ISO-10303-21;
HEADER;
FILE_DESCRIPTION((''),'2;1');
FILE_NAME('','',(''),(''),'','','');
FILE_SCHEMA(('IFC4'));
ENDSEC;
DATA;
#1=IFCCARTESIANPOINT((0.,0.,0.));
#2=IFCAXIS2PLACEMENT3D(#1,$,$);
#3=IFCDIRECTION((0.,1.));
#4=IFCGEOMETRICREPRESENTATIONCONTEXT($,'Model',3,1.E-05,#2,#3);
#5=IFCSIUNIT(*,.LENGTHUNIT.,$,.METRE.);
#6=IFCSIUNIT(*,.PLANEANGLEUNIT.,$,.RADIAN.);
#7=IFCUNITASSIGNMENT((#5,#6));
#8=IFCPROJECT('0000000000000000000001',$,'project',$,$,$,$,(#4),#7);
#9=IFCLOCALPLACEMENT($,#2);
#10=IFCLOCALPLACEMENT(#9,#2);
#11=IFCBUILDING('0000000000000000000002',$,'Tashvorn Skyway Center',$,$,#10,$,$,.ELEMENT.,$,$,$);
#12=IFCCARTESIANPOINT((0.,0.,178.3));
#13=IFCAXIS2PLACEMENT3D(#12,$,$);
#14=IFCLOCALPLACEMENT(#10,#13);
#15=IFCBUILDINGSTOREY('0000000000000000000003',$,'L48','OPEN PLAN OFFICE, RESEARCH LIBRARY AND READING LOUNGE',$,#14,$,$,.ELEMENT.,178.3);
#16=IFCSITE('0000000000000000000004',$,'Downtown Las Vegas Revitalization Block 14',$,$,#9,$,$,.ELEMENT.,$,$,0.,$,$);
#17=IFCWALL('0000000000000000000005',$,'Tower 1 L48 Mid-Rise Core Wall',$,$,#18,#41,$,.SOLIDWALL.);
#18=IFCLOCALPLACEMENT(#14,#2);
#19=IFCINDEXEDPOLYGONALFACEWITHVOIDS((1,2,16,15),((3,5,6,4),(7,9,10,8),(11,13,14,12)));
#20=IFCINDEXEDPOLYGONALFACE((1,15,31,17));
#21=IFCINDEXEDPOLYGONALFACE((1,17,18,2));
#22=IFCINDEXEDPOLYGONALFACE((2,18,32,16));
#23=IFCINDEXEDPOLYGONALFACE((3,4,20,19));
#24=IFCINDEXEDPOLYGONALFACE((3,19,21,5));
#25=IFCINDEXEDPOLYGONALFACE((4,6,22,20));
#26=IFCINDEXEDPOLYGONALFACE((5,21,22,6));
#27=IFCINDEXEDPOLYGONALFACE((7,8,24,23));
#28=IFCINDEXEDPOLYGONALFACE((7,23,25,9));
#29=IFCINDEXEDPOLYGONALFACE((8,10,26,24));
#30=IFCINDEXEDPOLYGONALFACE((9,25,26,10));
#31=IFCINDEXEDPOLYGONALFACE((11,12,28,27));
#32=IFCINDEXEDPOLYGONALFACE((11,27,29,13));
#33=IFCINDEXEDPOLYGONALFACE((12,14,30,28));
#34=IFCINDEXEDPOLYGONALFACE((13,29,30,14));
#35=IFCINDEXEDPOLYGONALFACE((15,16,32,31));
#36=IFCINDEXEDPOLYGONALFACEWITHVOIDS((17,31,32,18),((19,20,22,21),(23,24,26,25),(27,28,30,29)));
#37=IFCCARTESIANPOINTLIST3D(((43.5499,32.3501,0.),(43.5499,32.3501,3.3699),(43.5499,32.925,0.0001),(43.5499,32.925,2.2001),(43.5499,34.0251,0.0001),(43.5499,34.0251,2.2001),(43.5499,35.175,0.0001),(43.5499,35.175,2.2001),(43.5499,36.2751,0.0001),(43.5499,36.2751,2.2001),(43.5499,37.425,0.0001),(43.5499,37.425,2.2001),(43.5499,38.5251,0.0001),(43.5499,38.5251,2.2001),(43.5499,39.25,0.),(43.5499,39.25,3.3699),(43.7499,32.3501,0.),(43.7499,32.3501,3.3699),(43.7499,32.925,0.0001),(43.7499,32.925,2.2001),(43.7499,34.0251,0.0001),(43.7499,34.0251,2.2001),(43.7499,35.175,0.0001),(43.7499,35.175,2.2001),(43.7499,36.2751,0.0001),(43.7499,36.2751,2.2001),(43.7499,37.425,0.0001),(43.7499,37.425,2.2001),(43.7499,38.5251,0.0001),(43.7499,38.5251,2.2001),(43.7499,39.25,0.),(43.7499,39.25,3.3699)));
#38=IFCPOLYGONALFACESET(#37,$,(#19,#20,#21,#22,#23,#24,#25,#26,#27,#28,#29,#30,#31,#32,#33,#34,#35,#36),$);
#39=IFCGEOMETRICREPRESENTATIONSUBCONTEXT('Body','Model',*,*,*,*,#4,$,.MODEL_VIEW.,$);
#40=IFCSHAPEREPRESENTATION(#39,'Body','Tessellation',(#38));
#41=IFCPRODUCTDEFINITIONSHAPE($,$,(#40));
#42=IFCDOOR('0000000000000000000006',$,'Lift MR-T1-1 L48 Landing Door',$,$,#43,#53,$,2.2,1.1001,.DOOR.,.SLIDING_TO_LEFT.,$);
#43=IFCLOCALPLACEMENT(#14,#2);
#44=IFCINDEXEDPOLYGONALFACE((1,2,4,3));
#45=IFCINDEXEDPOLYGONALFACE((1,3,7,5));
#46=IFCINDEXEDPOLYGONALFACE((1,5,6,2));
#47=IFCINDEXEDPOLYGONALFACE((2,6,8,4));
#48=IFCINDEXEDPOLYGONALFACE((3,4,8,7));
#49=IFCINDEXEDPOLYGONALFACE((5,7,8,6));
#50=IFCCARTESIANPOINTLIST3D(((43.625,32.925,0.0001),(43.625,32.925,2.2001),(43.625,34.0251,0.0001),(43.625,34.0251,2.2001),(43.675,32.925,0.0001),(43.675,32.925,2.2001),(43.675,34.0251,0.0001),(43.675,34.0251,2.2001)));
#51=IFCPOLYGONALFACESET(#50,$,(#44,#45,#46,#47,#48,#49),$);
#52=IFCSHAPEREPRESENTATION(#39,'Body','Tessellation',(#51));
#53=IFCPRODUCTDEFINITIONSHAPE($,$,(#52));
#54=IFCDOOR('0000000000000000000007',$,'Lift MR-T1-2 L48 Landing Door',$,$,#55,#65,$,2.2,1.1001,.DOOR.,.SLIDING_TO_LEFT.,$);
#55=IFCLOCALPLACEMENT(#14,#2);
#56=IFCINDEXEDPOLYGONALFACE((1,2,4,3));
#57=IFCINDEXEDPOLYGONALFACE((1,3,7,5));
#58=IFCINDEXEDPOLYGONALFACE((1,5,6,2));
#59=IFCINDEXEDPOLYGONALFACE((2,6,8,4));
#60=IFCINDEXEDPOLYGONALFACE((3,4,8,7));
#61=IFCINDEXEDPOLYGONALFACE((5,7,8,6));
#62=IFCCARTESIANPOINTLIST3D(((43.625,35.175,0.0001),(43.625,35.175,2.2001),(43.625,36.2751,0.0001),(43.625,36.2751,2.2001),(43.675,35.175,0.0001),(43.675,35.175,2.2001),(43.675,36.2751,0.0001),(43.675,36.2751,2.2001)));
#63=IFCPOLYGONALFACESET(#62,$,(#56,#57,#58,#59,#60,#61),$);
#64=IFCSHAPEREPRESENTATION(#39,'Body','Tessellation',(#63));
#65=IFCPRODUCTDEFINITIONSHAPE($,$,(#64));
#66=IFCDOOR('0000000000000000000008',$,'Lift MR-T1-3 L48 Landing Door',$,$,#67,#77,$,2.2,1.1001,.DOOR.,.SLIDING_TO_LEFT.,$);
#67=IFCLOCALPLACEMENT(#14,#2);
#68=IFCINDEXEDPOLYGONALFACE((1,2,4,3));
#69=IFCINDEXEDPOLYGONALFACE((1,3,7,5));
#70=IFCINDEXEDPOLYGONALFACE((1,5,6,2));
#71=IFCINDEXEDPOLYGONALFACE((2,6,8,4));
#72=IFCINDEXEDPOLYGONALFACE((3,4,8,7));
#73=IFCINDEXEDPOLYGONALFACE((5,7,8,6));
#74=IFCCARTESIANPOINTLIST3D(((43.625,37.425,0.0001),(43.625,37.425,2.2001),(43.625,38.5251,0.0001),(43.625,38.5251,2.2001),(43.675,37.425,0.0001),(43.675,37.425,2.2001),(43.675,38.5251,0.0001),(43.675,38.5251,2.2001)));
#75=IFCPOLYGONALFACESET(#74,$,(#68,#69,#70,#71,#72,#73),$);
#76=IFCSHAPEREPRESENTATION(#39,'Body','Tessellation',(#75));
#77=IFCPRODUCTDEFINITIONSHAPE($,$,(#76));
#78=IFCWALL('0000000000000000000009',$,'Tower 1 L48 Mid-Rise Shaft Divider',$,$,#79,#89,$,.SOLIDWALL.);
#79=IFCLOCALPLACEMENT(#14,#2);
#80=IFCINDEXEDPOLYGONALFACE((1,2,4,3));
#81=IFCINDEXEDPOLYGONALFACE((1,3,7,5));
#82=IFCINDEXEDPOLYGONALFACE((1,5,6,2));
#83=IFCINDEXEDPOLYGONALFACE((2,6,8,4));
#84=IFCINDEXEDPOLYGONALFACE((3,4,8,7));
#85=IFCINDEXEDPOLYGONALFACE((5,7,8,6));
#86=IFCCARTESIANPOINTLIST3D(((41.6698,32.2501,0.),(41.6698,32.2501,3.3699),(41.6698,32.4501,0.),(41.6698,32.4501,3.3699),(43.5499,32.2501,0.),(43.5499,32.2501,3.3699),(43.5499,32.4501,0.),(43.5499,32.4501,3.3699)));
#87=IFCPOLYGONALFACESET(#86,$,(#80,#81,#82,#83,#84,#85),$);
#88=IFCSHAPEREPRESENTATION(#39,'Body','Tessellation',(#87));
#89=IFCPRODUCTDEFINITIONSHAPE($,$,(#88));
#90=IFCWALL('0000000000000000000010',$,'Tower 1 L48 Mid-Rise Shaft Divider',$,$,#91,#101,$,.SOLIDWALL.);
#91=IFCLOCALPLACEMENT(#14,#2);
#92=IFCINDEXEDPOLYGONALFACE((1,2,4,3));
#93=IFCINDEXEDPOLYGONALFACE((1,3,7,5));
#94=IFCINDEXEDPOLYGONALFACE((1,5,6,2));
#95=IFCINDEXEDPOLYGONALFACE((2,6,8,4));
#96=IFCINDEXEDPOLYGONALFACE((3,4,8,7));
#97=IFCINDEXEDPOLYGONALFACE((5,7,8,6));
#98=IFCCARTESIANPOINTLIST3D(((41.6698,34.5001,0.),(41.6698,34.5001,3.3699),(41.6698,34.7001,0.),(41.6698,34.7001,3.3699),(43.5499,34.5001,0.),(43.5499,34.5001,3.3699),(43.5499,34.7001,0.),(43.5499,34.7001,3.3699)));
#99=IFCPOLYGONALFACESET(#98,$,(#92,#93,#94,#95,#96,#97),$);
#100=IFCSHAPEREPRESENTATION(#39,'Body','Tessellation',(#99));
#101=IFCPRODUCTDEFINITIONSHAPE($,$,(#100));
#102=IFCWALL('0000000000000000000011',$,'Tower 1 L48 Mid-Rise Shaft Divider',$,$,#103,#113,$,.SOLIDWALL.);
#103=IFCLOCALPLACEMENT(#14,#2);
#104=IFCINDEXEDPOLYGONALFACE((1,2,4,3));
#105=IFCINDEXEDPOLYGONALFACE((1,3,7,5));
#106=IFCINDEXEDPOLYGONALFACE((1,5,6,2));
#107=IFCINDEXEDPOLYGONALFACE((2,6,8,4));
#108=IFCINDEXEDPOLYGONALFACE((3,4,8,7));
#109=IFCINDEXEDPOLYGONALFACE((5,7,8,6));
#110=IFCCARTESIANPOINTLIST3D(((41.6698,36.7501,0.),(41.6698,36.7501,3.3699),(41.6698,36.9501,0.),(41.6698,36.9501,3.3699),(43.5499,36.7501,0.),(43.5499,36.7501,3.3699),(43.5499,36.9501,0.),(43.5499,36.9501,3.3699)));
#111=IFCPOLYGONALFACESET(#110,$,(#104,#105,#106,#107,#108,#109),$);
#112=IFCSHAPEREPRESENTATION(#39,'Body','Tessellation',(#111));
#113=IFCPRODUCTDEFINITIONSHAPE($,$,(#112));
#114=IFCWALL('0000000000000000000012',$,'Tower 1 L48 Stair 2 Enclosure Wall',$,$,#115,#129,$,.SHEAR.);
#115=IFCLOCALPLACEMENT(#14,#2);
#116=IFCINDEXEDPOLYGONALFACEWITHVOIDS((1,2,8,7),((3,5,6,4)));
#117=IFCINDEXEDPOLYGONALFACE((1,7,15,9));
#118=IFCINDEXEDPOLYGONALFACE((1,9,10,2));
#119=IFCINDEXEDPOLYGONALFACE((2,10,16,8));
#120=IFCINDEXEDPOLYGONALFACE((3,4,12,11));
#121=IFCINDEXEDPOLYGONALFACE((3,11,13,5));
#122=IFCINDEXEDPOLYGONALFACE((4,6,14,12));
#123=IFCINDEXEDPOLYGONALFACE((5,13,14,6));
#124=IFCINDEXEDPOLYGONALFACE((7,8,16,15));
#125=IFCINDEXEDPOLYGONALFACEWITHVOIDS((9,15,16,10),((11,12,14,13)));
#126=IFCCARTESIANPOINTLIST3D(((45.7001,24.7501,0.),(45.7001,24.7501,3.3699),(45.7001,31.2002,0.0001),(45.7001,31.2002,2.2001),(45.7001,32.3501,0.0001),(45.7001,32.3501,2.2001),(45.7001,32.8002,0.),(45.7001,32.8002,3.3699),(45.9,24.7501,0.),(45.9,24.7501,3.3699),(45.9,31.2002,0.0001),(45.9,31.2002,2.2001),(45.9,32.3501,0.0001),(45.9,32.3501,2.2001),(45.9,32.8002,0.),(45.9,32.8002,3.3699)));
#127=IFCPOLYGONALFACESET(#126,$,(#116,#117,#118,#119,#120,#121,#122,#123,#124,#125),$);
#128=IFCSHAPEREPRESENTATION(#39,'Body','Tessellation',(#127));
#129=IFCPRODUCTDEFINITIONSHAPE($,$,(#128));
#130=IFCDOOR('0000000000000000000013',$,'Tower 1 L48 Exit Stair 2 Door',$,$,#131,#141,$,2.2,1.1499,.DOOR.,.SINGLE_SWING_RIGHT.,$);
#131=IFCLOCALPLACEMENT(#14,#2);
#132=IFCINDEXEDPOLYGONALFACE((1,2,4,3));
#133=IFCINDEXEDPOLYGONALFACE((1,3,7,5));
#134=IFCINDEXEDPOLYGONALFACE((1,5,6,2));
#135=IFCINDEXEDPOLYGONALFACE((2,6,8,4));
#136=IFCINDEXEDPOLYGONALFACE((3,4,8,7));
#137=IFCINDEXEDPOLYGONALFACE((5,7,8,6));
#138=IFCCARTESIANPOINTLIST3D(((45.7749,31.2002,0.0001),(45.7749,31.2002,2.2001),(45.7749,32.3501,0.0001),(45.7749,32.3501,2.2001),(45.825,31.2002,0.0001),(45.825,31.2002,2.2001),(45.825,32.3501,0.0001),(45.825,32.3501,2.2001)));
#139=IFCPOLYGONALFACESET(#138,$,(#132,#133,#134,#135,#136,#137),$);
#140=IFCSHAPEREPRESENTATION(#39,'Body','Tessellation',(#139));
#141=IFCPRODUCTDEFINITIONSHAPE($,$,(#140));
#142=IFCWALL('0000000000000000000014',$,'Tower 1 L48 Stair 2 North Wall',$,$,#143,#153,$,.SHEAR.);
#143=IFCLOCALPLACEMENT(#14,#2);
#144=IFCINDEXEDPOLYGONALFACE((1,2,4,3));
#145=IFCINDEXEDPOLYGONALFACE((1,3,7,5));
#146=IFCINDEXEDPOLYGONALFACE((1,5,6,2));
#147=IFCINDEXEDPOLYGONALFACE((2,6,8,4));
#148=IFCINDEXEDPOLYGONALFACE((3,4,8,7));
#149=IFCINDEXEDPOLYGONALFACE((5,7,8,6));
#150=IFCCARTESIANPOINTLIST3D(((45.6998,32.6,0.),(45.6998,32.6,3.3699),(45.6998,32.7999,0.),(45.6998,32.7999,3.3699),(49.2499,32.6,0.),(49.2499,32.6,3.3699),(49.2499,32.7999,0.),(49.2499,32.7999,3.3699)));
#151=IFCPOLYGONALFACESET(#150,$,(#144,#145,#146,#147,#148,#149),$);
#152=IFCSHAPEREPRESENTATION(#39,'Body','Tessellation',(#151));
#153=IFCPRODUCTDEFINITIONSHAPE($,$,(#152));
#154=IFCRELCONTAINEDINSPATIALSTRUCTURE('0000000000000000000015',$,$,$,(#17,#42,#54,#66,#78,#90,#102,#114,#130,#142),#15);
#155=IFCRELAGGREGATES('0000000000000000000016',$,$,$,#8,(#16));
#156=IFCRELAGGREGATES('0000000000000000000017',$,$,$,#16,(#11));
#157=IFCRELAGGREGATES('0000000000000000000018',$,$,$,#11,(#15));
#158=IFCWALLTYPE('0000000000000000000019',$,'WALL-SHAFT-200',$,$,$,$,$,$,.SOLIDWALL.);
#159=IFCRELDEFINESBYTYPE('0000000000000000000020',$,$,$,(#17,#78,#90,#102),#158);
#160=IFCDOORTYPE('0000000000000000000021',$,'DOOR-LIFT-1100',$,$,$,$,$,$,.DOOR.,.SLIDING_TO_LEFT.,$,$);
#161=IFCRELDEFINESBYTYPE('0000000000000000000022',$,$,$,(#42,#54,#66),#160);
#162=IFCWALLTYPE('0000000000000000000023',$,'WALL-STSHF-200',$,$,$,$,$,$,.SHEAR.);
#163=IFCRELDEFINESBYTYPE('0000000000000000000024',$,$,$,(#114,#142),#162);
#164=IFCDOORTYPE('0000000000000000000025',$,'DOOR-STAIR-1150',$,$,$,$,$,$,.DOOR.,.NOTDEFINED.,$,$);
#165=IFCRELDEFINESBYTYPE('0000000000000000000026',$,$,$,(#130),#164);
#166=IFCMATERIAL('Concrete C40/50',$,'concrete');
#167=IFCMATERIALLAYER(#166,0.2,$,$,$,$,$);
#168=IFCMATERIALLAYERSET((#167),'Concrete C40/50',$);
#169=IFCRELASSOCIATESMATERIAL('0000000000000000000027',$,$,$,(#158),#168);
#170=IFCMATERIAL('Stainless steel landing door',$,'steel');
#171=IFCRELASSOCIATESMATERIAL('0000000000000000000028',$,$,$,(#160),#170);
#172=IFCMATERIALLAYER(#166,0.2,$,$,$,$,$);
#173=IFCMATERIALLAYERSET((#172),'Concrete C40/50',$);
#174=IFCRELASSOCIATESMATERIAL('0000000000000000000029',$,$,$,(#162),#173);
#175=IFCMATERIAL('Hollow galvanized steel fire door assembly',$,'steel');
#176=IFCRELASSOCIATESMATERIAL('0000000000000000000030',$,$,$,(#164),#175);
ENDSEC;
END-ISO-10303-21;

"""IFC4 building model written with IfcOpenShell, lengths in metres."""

from ifc_helpers import new_model, si_unit, direction, frame, frame_2d, origin, place, context, subcontext, project, spatial, rectangle, extrude, material, layer, layer_set, type_object, element, fill, save


model = new_model("IFC4")

# Units and contexts
model_context = context("Model", 3, precision=1e-05, world=origin(), true_north=direction((0.0, 1.0)))
body_context = subcontext(model_context, "Body", "Model", "MODEL_VIEW")
ifc_project = project(units=[si_unit("LENGTHUNIT", "METRE"), si_unit("PLANEANGLEUNIT", "RADIAN")], contexts=[model_context])

# Site, building, storey
site_placement = place(None, origin())
site = spatial("IfcSite", under=ifc_project, at=site_placement, Name="Downtown Las Vegas Revitalization Block 14", CompositionType="ELEMENT", RefElevation=0.0)
building_placement = place(site_placement, origin())
building = spatial("IfcBuilding", under=site, at=building_placement, Name="Tashvorn Skyway Center", CompositionType="ELEMENT")
storey_placement = place(building_placement, frame((0.0, 0.0, 178.3)))
storey = spatial("IfcBuildingStorey", under=building, at=storey_placement, Name="L48", Description="OPEN PLAN OFFICE, RESEARCH LIBRARY AND READING LOUNGE", CompositionType="ELEMENT", Elevation=178.3)

# Shared definitions
ifc_material_1 = material(Name="Concrete C40/50", Category="concrete")

# Shared definitions
ifc_material_2 = material(Name="Hollow galvanized steel fire door assembly", Category="steel")

# Shared definitions
ifc_layer_1 = layer(ifc_material_1, 0.2)
ifc_layer_set_1 = layer_set([ifc_layer_1], Name="Concrete C40/50")
wall_type_1 = type_object("IfcWallType", Name="WALL-SHAFT-200", PredefinedType="SOLIDWALL", material=ifc_layer_set_1)

# Wall, openings, doors
wall_1_placement = place(storey_placement, frame((43.6499, 32.3501, 0.0), z_axis=(0.0, 0.0, 1.0), x_axis=(0.0, 1.0, 0.0)))
wall_1 = element("IfcWall", 1, at=wall_1_placement, inside=storey, type_object=wall_type_1, Name="Tower 1 L48 Mid-Rise Core Wall", PredefinedType="SOLIDWALL", context=body_context, shape_type="SweptSolid", body=[
    extrude(rectangle(XDim=6.8999, YDim=0.2, at=frame_2d((3.45, 0.0))), origin(), (0.0, 0.0, 1.0), 3.3699),
])
opening_1_placement = place(wall_1_placement, frame((0.575, 0.0, 0.0)))
opening_1 = element("IfcOpeningElement", 2, at=opening_1_placement, cuts=wall_1, PredefinedType="OPENING", context=body_context, shape_type="SweptSolid", body=[
    extrude(rectangle(XDim=1.1001, YDim=2.2, at=frame_2d((0.55, 1.1001))), frame((0.0, 0.1099, 0.0), z_axis=(0.0, -1.0, 0.0), x_axis=(1.0, 0.0, 0.0)), (0.0, 0.0, 1.0), 0.22),
])
opening_2_placement = place(wall_1_placement, frame((2.825, 0.0, 0.0)))
opening_2 = element("IfcOpeningElement", 3, at=opening_2_placement, cuts=wall_1, PredefinedType="OPENING", context=body_context, shape_type="SweptSolid", body=[
    extrude(rectangle(XDim=1.1001, YDim=2.2, at=frame_2d((0.55, 1.1001))), frame((0.0, 0.1099, 0.0), z_axis=(0.0, -1.0, 0.0), x_axis=(1.0, 0.0, 0.0)), (0.0, 0.0, 1.0), 0.22),
])
opening_3_placement = place(wall_1_placement, frame((5.075, 0.0, 0.0)))
opening_3 = element("IfcOpeningElement", 4, at=opening_3_placement, cuts=wall_1, PredefinedType="OPENING", context=body_context, shape_type="SweptSolid", body=[
    extrude(rectangle(XDim=1.1001, YDim=2.2, at=frame_2d((0.55, 1.1001))), frame((0.0, 0.1099, 0.0), z_axis=(0.0, -1.0, 0.0), x_axis=(1.0, 0.0, 0.0)), (0.0, 0.0, 1.0), 0.22),
])
ifc_material_3 = material(Name="Stainless steel landing door", Category="steel")
door_type_1 = type_object("IfcDoorType", Name="DOOR-LIFT-1100", OperationType="SLIDING_TO_LEFT", PredefinedType="DOOR", material=ifc_material_3)
door_1_placement = place(opening_1_placement, origin())
door_1 = element("IfcDoor", 5, at=door_1_placement, inside=storey, type_object=door_type_1, Name="Lift MR-T1-1 L48 Landing Door", OperationType="SLIDING_TO_LEFT", OverallHeight=2.2, OverallWidth=1.1001, PredefinedType="DOOR", context=body_context, shape_type="SweptSolid", body=[
    extrude(rectangle(XDim=1.1001, YDim=2.2, at=frame_2d((0.55, 1.1001))), frame((0.0, 0.0249, 0.0), z_axis=(0.0, -1.0, 0.0), x_axis=(1.0, 0.0, 0.0)), (0.0, 0.0, 1.0), 0.05),
])
fill(opening_1, door_1)
door_2_placement = place(opening_2_placement, origin())
door_2 = element("IfcDoor", 6, at=door_2_placement, inside=storey, type_object=door_type_1, Name="Lift MR-T1-2 L48 Landing Door", OperationType="SLIDING_TO_LEFT", OverallHeight=2.2, OverallWidth=1.1001, PredefinedType="DOOR", context=body_context, shape_type="SweptSolid", body=[
    extrude(rectangle(XDim=1.1001, YDim=2.2, at=frame_2d((0.55, 1.1001))), frame((0.0, 0.0249, 0.0), z_axis=(0.0, -1.0, 0.0), x_axis=(1.0, 0.0, 0.0)), (0.0, 0.0, 1.0), 0.05),
])
fill(opening_2, door_2)
door_3_placement = place(opening_3_placement, origin())
door_3 = element("IfcDoor", 7, at=door_3_placement, inside=storey, type_object=door_type_1, Name="Lift MR-T1-3 L48 Landing Door", OperationType="SLIDING_TO_LEFT", OverallHeight=2.2, OverallWidth=1.1001, PredefinedType="DOOR", context=body_context, shape_type="SweptSolid", body=[
    extrude(rectangle(XDim=1.1001, YDim=2.2, at=frame_2d((0.55, 1.1001))), frame((0.0, 0.0249, 0.0), z_axis=(0.0, -1.0, 0.0), x_axis=(1.0, 0.0, 0.0)), (0.0, 0.0, 1.0), 0.05),
])
fill(opening_3, door_3)

# Walls
for number, where, z_axis, x_axis, name in (
    (8, (41.6699, 32.3501, 0.0), (0.0, 0.0, 1.0), (1.0, 0.0, 0.0), "Tower 1 L48 Mid-Rise Shaft Divider"),
    (9, (41.6699, 34.6001, 0.0), (0.0, 0.0, 1.0), (1.0, 0.0, 0.0), "Tower 1 L48 Mid-Rise Shaft Divider"),
    (10, (41.6699, 36.8501, 0.0), (0.0, 0.0, 1.0), (1.0, 0.0, 0.0), "Tower 1 L48 Mid-Rise Shaft Divider"),
):
    element("IfcWall", number, at=place(storey_placement, frame(where, z_axis=z_axis, x_axis=x_axis)), inside=storey, type_object=wall_type_1, Name=name, PredefinedType="SOLIDWALL", context=body_context, shape_type="SweptSolid", body=[
        extrude(rectangle(XDim=1.8801, YDim=0.2, at=frame_2d((0.9399, 0.0))), origin(), (0.0, 0.0, 1.0), 3.3699),
    ])

# Wall, opening, door
ifc_layer_2 = layer(ifc_material_1, 0.2)
ifc_layer_set_2 = layer_set([ifc_layer_2], Name="Concrete C40/50")
wall_type_2 = type_object("IfcWallType", Name="WALL-STSHF-200", PredefinedType="SHEAR", material=ifc_layer_set_2)
wall_2_placement = place(storey_placement, frame((45.8, 32.8, 0.0), z_axis=(0.0, 0.0, 1.0), x_axis=(0.0, -1.0, 0.0)))
wall_2 = element("IfcWall", 11, at=wall_2_placement, inside=storey, type_object=wall_type_2, Name="Tower 1 L48 Stair 2 Enclosure Wall", PredefinedType="SHEAR", context=body_context, shape_type="SweptSolid", body=[
    extrude(rectangle(XDim=8.05, YDim=0.2, at=frame_2d((4.0249, 0.0))), origin(), (0.0, 0.0, 1.0), 3.3699),
])
opening_4_placement = place(wall_2_placement, frame((0.45, 0.0, 0.0)))
opening_4 = element("IfcOpeningElement", 12, at=opening_4_placement, cuts=wall_2, PredefinedType="OPENING", context=body_context, shape_type="SweptSolid", body=[
    extrude(rectangle(XDim=1.1499, YDim=2.2, at=frame_2d((0.575, 1.1001))), frame((0.0, 0.1099, 0.0), z_axis=(0.0, -1.0, 0.0), x_axis=(1.0, 0.0, 0.0)), (0.0, 0.0, 1.0), 0.22),
])
door_type_2 = type_object("IfcDoorType", Name="DOOR-STAIR-1150", OperationType="NOTDEFINED", PredefinedType="DOOR", material=ifc_material_2)
door_4_placement = place(opening_4_placement, origin())
door_4 = element("IfcDoor", 13, at=door_4_placement, inside=storey, type_object=door_type_2, Name="Tower 1 L48 Exit Stair 2 Door", OperationType="SINGLE_SWING_RIGHT", OverallHeight=2.2, OverallWidth=1.1499, PredefinedType="DOOR", context=body_context, shape_type="SweptSolid", body=[
    extrude(rectangle(XDim=1.1499, YDim=2.2, at=frame_2d((0.575, 1.1001))), frame((0.0, 0.0249, 0.0), z_axis=(0.0, -1.0, 0.0), x_axis=(1.0, 0.0, 0.0)), (0.0, 0.0, 1.0), 0.05),
])
fill(opening_4, door_4)

# Wall
wall_3_placement = place(storey_placement, frame((45.7, 32.7, 0.0), z_axis=(0.0, 0.0, 1.0), x_axis=(1.0, 0.0, 0.0)))
element("IfcWall", 14, at=wall_3_placement, inside=storey, type_object=wall_type_2, Name="Tower 1 L48 Stair 2 North Wall", PredefinedType="SHEAR", context=body_context, shape_type="SweptSolid", body=[
    extrude(rectangle(XDim=3.55, YDim=0.2, at=frame_2d((1.7749, 0.0))), origin(), (0.0, 0.0, 1.0), 3.3699),
])

save(model, "model.ifc")
